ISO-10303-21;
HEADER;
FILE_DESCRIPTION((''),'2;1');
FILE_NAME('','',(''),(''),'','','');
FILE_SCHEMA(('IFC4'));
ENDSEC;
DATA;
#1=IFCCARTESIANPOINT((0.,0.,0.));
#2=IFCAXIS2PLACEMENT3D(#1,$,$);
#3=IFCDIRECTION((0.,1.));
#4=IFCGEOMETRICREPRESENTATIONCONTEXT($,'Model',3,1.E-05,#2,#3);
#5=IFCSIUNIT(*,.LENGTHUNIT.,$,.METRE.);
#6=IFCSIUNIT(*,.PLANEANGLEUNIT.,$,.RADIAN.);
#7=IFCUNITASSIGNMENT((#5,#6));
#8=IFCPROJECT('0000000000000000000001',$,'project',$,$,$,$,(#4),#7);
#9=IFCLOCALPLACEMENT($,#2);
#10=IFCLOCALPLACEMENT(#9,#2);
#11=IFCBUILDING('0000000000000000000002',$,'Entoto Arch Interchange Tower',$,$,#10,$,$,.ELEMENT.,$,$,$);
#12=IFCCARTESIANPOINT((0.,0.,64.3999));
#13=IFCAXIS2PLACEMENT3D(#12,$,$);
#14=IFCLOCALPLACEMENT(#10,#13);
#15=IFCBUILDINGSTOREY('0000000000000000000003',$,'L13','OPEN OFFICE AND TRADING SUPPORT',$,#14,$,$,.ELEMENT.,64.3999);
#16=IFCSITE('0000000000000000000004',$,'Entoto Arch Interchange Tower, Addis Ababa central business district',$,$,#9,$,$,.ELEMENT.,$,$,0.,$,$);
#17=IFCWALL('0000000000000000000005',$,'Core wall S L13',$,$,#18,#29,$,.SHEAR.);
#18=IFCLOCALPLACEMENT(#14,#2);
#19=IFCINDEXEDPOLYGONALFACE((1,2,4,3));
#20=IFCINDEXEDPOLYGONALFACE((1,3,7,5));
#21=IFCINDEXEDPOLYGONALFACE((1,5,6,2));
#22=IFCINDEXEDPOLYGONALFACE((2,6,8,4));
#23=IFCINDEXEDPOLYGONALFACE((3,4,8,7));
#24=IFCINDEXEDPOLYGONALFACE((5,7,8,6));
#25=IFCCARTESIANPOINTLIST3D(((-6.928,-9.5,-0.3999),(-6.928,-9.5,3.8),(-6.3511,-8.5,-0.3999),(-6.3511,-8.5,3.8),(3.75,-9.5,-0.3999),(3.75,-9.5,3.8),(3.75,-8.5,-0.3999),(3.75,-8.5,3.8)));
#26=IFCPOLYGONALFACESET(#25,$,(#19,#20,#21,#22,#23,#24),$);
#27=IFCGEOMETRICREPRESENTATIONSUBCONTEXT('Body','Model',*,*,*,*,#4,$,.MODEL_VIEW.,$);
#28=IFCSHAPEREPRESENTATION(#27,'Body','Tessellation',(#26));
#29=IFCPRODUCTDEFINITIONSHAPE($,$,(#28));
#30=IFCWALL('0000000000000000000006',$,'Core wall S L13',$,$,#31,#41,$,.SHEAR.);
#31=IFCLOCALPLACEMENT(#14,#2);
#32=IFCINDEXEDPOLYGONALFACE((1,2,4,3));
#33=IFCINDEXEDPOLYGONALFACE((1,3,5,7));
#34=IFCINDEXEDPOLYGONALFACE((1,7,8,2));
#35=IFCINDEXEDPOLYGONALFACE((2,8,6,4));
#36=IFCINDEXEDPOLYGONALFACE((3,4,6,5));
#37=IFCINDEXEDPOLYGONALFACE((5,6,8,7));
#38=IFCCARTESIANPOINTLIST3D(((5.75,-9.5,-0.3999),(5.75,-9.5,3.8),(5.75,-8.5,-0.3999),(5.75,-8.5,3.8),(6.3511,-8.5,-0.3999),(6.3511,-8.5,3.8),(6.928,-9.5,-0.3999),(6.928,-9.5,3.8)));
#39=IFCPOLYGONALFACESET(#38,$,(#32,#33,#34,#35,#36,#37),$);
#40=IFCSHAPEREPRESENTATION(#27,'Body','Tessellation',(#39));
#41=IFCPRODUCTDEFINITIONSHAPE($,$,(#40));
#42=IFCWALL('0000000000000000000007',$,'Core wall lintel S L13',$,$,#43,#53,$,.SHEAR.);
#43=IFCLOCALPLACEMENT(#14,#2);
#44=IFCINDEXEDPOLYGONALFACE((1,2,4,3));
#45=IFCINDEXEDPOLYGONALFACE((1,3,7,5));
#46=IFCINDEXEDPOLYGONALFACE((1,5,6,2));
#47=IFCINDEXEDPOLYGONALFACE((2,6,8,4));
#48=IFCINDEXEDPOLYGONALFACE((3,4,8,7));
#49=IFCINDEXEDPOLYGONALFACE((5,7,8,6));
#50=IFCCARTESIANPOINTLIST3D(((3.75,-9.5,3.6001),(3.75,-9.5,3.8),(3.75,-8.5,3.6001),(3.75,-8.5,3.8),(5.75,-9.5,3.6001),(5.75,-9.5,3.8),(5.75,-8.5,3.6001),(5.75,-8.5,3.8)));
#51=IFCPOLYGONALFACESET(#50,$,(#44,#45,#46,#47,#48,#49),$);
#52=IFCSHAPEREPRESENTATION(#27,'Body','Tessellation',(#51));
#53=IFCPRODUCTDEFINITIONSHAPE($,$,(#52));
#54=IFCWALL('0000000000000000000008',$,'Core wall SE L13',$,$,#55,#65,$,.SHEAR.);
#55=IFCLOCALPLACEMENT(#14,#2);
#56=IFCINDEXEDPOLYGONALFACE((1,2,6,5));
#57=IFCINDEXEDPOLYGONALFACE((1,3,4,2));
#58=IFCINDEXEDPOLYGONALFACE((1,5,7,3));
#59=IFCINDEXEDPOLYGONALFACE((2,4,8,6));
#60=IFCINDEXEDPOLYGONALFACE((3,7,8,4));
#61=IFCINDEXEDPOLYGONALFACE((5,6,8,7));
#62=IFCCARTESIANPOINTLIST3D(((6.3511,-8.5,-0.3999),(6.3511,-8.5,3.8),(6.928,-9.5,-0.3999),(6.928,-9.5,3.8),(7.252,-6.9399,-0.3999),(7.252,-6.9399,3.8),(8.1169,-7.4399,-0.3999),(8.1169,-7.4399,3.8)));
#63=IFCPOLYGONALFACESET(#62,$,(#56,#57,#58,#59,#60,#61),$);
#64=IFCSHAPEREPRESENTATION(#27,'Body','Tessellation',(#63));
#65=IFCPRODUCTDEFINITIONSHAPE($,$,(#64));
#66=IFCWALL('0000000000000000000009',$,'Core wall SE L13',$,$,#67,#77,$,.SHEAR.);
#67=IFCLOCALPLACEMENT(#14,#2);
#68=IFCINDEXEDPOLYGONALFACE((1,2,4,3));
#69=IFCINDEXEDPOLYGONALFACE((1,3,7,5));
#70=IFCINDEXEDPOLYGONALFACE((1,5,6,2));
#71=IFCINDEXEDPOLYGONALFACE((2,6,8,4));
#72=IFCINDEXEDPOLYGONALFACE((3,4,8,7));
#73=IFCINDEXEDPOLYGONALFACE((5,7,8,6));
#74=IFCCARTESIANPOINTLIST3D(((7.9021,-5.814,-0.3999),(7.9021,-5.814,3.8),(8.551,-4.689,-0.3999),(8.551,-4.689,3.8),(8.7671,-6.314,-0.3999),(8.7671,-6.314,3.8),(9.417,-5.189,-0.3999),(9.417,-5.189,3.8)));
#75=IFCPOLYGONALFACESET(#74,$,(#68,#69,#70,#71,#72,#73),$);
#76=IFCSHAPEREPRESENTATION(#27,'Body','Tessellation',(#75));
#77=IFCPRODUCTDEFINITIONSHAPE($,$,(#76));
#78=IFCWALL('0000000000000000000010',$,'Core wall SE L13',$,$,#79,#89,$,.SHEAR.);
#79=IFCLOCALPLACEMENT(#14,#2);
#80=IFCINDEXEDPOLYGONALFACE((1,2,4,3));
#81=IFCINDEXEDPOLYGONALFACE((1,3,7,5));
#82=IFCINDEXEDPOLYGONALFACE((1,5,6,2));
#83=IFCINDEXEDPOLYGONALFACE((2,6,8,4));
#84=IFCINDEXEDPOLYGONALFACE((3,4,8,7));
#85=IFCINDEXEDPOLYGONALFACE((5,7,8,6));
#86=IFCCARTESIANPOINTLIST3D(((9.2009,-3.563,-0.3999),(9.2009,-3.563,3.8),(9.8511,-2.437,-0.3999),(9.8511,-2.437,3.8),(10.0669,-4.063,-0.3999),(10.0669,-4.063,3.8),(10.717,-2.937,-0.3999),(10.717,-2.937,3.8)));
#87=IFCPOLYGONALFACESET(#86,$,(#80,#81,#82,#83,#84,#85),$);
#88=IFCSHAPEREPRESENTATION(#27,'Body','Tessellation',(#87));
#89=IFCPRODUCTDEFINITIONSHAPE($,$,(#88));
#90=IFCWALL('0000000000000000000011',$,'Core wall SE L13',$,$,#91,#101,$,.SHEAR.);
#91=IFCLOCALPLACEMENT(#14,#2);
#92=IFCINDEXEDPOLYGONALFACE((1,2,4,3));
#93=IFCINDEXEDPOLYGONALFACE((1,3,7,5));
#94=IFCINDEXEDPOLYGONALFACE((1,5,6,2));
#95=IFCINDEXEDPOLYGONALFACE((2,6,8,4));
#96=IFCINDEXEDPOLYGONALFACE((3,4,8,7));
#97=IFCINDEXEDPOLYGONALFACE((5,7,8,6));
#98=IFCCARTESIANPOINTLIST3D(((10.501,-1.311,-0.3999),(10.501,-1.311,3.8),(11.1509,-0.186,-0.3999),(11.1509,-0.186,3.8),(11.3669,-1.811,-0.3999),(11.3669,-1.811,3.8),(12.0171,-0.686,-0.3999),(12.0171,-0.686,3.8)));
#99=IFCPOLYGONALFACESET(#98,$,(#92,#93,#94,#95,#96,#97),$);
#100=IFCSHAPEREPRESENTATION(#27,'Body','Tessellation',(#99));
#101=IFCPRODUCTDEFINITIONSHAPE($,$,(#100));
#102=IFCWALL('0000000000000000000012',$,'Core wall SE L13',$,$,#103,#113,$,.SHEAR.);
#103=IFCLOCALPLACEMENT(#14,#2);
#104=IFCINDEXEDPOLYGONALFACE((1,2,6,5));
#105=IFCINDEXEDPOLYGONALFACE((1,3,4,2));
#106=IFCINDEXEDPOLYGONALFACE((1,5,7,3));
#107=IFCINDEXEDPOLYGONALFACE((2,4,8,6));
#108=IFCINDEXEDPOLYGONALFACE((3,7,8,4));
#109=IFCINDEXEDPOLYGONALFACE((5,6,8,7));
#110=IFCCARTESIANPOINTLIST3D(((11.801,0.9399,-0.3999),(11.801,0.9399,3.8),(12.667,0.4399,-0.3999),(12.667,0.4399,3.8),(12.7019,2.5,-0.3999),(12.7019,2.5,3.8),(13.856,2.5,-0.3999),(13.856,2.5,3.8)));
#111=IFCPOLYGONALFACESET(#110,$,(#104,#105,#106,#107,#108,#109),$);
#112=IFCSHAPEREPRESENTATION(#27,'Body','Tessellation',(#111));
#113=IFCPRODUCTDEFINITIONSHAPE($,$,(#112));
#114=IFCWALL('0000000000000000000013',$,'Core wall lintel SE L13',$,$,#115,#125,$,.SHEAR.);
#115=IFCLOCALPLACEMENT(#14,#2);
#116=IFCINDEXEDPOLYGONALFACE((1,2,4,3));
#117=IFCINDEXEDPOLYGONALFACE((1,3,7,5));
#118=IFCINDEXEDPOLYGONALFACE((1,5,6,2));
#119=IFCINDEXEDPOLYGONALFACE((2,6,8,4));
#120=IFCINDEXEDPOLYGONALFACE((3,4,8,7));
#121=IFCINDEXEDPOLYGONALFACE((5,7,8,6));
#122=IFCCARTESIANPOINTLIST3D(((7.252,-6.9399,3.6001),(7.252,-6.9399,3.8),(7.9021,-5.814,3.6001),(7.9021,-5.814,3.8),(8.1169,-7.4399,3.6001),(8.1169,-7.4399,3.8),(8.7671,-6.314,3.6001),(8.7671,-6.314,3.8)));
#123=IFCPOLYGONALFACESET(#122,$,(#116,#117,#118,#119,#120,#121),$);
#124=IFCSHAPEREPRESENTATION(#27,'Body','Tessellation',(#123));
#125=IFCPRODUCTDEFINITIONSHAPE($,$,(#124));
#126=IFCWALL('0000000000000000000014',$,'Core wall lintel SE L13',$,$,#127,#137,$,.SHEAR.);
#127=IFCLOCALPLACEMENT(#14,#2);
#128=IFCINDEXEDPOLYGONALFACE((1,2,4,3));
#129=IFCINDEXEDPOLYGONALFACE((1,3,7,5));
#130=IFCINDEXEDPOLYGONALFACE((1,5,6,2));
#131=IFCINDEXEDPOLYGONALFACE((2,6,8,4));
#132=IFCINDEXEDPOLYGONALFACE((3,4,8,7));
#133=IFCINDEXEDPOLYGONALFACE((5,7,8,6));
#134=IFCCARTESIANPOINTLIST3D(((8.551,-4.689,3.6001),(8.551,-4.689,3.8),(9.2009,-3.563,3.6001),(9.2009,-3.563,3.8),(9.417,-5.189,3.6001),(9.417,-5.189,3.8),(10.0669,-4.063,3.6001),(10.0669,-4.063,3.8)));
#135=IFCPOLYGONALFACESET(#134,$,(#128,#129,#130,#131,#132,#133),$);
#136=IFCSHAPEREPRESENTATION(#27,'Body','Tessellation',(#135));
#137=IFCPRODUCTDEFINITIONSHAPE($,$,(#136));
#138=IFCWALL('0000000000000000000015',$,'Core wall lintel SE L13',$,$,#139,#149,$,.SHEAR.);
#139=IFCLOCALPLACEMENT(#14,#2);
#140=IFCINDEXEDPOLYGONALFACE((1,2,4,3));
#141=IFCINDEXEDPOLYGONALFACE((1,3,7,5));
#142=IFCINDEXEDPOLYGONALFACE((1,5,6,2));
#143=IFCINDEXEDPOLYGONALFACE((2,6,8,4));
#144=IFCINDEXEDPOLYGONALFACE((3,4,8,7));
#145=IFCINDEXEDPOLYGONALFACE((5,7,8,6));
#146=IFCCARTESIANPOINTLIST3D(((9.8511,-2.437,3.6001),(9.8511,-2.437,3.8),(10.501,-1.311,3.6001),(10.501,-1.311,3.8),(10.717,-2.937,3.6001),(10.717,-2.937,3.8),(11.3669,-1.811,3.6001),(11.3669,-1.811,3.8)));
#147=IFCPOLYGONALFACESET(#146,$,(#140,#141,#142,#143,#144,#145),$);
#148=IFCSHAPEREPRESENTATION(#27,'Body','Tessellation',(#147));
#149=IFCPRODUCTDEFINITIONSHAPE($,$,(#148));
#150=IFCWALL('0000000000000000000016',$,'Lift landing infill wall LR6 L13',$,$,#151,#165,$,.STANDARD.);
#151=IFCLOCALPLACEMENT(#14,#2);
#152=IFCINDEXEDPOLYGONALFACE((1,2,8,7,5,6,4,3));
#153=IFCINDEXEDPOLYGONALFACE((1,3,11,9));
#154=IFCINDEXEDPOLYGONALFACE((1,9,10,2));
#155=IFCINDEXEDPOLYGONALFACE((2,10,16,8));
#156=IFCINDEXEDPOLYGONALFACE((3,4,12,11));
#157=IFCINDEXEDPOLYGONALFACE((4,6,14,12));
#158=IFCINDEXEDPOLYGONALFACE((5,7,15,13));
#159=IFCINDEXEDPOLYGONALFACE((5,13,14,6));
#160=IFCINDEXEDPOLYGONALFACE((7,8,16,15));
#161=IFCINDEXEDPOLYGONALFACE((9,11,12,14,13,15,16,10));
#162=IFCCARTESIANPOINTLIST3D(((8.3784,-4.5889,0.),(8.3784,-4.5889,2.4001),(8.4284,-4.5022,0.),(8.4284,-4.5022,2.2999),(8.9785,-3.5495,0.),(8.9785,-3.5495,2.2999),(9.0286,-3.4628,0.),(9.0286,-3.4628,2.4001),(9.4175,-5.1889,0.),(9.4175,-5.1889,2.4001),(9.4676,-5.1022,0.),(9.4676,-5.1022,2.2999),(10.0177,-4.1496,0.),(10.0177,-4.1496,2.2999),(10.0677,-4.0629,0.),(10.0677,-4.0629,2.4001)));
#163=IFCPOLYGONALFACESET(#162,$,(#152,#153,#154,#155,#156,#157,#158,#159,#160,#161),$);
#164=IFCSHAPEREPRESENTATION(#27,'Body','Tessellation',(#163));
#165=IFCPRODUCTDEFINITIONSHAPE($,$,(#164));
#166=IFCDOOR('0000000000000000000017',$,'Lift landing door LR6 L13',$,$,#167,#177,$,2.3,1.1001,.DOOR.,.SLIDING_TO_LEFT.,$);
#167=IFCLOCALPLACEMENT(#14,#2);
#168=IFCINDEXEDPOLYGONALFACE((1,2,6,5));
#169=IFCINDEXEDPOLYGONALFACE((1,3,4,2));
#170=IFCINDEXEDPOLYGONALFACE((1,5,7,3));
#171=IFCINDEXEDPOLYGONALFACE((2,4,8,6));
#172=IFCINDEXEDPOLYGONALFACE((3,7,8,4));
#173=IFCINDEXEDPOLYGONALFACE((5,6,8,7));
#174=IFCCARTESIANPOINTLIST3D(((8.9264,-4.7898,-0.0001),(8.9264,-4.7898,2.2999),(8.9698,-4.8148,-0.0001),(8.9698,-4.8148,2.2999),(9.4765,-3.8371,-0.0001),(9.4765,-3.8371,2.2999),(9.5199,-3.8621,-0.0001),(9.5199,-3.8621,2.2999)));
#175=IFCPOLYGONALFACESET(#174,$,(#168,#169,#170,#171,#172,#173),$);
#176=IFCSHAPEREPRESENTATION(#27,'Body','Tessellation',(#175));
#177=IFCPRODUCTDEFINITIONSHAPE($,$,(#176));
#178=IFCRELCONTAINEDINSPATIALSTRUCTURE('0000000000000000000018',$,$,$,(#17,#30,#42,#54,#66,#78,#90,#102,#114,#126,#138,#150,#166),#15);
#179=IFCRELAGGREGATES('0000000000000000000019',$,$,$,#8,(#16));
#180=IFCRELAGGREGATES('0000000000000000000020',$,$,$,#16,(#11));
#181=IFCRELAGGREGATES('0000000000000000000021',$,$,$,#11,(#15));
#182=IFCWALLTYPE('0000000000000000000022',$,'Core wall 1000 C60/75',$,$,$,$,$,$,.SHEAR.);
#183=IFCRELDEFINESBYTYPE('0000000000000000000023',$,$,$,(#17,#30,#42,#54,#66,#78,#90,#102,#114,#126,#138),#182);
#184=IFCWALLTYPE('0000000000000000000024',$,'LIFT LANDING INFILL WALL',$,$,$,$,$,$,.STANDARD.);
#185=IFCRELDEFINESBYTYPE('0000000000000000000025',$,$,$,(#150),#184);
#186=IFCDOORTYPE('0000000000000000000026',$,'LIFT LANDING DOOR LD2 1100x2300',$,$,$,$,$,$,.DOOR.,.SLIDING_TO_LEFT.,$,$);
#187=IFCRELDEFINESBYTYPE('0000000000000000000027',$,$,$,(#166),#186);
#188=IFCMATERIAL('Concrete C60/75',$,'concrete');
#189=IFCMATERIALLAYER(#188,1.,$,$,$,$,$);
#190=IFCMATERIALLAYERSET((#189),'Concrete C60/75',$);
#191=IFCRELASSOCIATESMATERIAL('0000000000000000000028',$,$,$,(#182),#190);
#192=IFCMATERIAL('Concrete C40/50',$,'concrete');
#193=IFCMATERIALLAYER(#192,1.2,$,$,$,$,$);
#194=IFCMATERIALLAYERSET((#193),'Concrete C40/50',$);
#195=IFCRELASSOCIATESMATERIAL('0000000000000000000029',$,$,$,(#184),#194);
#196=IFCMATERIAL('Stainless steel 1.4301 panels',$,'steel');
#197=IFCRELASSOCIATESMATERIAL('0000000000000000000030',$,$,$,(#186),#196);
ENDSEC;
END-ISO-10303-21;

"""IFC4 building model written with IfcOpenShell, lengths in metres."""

from ifc_helpers import new_model, si_unit, direction, frame, frame_2d, origin, place, context, subcontext, project, spatial, polyline, rectangle, outline, extrude, material, layer, layer_set, type_object, element, fill, save


model = new_model("IFC4")

# Units and contexts
model_context = context("Model", 3, precision=1e-05, world=origin(), true_north=direction((0.0, 1.0)))
body_context = subcontext(model_context, "Body", "Model", "MODEL_VIEW")
ifc_project = project(units=[si_unit("LENGTHUNIT", "METRE"), si_unit("PLANEANGLEUNIT", "RADIAN")], contexts=[model_context])

# Site, building, storey
site_placement = place(None, origin())
site = spatial("IfcSite", under=ifc_project, at=site_placement, Name="Entoto Arch Interchange Tower, Addis Ababa central business district", CompositionType="ELEMENT", RefElevation=0.0)
building_placement = place(site_placement, origin())
building = spatial("IfcBuilding", under=site, at=building_placement, Name="Entoto Arch Interchange Tower", CompositionType="ELEMENT")
storey_placement = place(building_placement, frame((0.0, 0.0, 64.3999)))
storey = spatial("IfcBuildingStorey", under=building, at=storey_placement, Name="L13", Description="OPEN OFFICE AND TRADING SUPPORT", CompositionType="ELEMENT", Elevation=64.3999)

# Walls
ifc_material_1 = material(Name="Concrete C60/75", Category="concrete")
ifc_layer_1 = layer(ifc_material_1, 1.0)
ifc_layer_set_1 = layer_set([ifc_layer_1], Name="Concrete C60/75")
wall_type_1 = type_object("IfcWallType", Name="Core wall 1000 C60/75", PredefinedType="SHEAR", material=ifc_layer_set_1)
wall_1_placement = place(storey_placement, frame((0.0, 0.0, -0.3999)))
element("IfcWall", 1, at=wall_1_placement, inside=storey, type_object=wall_type_1, Name="Core wall S L13", PredefinedType="SHEAR", context=body_context, shape_type="SweptSolid", body=[
    extrude(outline(polyline([(3.75, -9.5), (3.75, -8.5), (-6.3511, -8.5), (-6.928, -9.5), (3.75, -9.5)])), origin(), (0.0, 0.0, 1.0), 4.2),
])
wall_2_placement = place(storey_placement, frame((0.0, 0.0, -0.3999)))
element("IfcWall", 2, at=wall_2_placement, inside=storey, type_object=wall_type_1, Name="Core wall S L13", PredefinedType="SHEAR", context=body_context, shape_type="SweptSolid", body=[
    extrude(outline(polyline([(5.75, -8.5), (5.75, -9.5), (6.928, -9.5), (6.3511, -8.5), (5.75, -8.5)])), origin(), (0.0, 0.0, 1.0), 4.2),
])
wall_3_placement = place(storey_placement, frame((0.0, 0.0, 3.6001)))
element("IfcWall", 3, at=wall_3_placement, inside=storey, type_object=wall_type_1, Name="Core wall lintel S L13", PredefinedType="SHEAR", context=body_context, shape_type="SweptSolid", body=[
    extrude(outline(polyline([(5.75, -9.5), (5.75, -8.5), (3.75, -8.5), (3.75, -9.5), (5.75, -9.5)])), origin(), (0.0, 0.0, 1.0), 0.2),
])
wall_4_placement = place(storey_placement, frame((0.0, 0.0, -0.3999)))
element("IfcWall", 4, at=wall_4_placement, inside=storey, type_object=wall_type_1, Name="Core wall SE L13", PredefinedType="SHEAR", context=body_context, shape_type="SweptSolid", body=[
    extrude(outline(polyline([(8.1169, -7.4399), (7.252, -6.9399), (6.3511, -8.5), (6.928, -9.5), (8.1169, -7.4399)])), origin(), (0.0, 0.0, 1.0), 4.2),
])
wall_5_placement = place(storey_placement, frame((0.0, 0.0, -0.3999)))
element("IfcWall", 5, at=wall_5_placement, inside=storey, type_object=wall_type_1, Name="Core wall SE L13", PredefinedType="SHEAR", context=body_context, shape_type="SweptSolid", body=[
    extrude(outline(polyline([(9.417, -5.189), (8.551, -4.689), (7.9021, -5.814), (8.7671, -6.314), (9.417, -5.189)])), origin(), (0.0, 0.0, 1.0), 4.2),
])
wall_6_placement = place(storey_placement, frame((0.0, 0.0, -0.3999)))
element("IfcWall", 6, at=wall_6_placement, inside=storey, type_object=wall_type_1, Name="Core wall SE L13", PredefinedType="SHEAR", context=body_context, shape_type="SweptSolid", body=[
    extrude(outline(polyline([(10.717, -2.937), (9.8511, -2.437), (9.2009, -3.563), (10.0669, -4.063), (10.717, -2.937)])), origin(), (0.0, 0.0, 1.0), 4.2),
])
wall_7_placement = place(storey_placement, frame((0.0, 0.0, -0.3999)))
element("IfcWall", 7, at=wall_7_placement, inside=storey, type_object=wall_type_1, Name="Core wall SE L13", PredefinedType="SHEAR", context=body_context, shape_type="SweptSolid", body=[
    extrude(outline(polyline([(12.0171, -0.686), (11.1509, -0.186), (10.501, -1.311), (11.3669, -1.811), (12.0171, -0.686)])), origin(), (0.0, 0.0, 1.0), 4.2),
])
wall_8_placement = place(storey_placement, frame((0.0, 0.0, -0.3999)))
element("IfcWall", 8, at=wall_8_placement, inside=storey, type_object=wall_type_1, Name="Core wall SE L13", PredefinedType="SHEAR", context=body_context, shape_type="SweptSolid", body=[
    extrude(outline(polyline([(11.801, 0.9399), (12.667, 0.4399), (13.856, 2.5), (12.7019, 2.5), (11.801, 0.9399)])), origin(), (0.0, 0.0, 1.0), 4.2),
])
wall_9_placement = place(storey_placement, frame((0.0, 0.0, 3.6001)))
element("IfcWall", 9, at=wall_9_placement, inside=storey, type_object=wall_type_1, Name="Core wall lintel SE L13", PredefinedType="SHEAR", context=body_context, shape_type="SweptSolid", body=[
    extrude(outline(polyline([(8.7671, -6.314), (7.9021, -5.814), (7.252, -6.9399), (8.1169, -7.4399), (8.7671, -6.314)])), origin(), (0.0, 0.0, 1.0), 0.2),
])
wall_10_placement = place(storey_placement, frame((0.0, 0.0, 3.6001)))
element("IfcWall", 10, at=wall_10_placement, inside=storey, type_object=wall_type_1, Name="Core wall lintel SE L13", PredefinedType="SHEAR", context=body_context, shape_type="SweptSolid", body=[
    extrude(outline(polyline([(10.0669, -4.063), (9.2009, -3.563), (8.551, -4.689), (9.417, -5.189), (10.0669, -4.063)])), origin(), (0.0, 0.0, 1.0), 0.2),
])
wall_11_placement = place(storey_placement, frame((0.0, 0.0, 3.6001)))
element("IfcWall", 11, at=wall_11_placement, inside=storey, type_object=wall_type_1, Name="Core wall lintel SE L13", PredefinedType="SHEAR", context=body_context, shape_type="SweptSolid", body=[
    extrude(outline(polyline([(11.3669, -1.811), (10.501, -1.311), (9.8511, -2.437), (10.717, -2.937), (11.3669, -1.811)])), origin(), (0.0, 0.0, 1.0), 0.2),
])

# Wall, opening, door
ifc_material_2 = material(Name="Concrete C40/50", Category="concrete")
ifc_layer_2 = layer(ifc_material_2, 1.2)
ifc_layer_set_2 = layer_set([ifc_layer_2], Name="Concrete C40/50")
wall_type_2 = type_object("IfcWallType", Name="LIFT LANDING INFILL WALL", PredefinedType="STANDARD", material=ifc_layer_set_2)
wall_12_placement = place(storey_placement, frame((8.8979, -4.8889, 0.0), z_axis=(0.0, 0.0, 1.0), x_axis=(0.500037, 0.866004, 0.0)))
wall_12 = element("IfcWall", 12, at=wall_12_placement, inside=storey, type_object=wall_type_2, Name="Lift landing infill wall LR6 L13", PredefinedType="STANDARD", context=body_context, shape_type="SweptSolid", body=[
    extrude(rectangle(XDim=1.3003, YDim=1.2, at=frame_2d((0.6501, 0.0))), origin(), (0.0, 0.0, 1.0), 2.4001),
])
opening_1_placement = place(wall_12_placement, frame((0.1001, 0.0, 0.0)))
opening_1 = element("IfcOpeningElement", 13, at=opening_1_placement, cuts=wall_12, PredefinedType="OPENING", context=body_context, shape_type="SweptSolid", body=[
    extrude(rectangle(XDim=1.1001, YDim=2.3, at=frame_2d((0.55, 1.1499))), frame((0.0, 0.6099, 0.0), z_axis=(0.0, -1.0, 0.0), x_axis=(1.0, 0.0, 0.0)), (0.0, 0.0, 1.0), 1.22),
])
ifc_material_3 = material(Name="Stainless steel 1.4301 panels", Category="steel")
door_type_1 = type_object("IfcDoorType", Name="LIFT LANDING DOOR LD2 1100x2300", OperationType="SLIDING_TO_LEFT", PredefinedType="DOOR", material=ifc_material_3)
door_1_placement = place(opening_1_placement, origin())
door_1 = element("IfcDoor", 14, at=door_1_placement, inside=storey, type_object=door_type_1, Name="Lift landing door LR6 L13", OperationType="SLIDING_TO_LEFT", OverallHeight=2.3, OverallWidth=1.1001, PredefinedType="DOOR", context=body_context, shape_type="SweptSolid", body=[
    extrude(rectangle(XDim=1.1001, YDim=2.3, at=frame_2d((0.55, 1.1499))), frame((0.0, 0.0249, 0.0), z_axis=(0.0, -1.0, 0.0), x_axis=(1.0, 0.0, 0.0)), (0.0, 0.0, 1.0), 0.05),
])
fill(opening_1, door_1)

save(model, "model.ifc")
